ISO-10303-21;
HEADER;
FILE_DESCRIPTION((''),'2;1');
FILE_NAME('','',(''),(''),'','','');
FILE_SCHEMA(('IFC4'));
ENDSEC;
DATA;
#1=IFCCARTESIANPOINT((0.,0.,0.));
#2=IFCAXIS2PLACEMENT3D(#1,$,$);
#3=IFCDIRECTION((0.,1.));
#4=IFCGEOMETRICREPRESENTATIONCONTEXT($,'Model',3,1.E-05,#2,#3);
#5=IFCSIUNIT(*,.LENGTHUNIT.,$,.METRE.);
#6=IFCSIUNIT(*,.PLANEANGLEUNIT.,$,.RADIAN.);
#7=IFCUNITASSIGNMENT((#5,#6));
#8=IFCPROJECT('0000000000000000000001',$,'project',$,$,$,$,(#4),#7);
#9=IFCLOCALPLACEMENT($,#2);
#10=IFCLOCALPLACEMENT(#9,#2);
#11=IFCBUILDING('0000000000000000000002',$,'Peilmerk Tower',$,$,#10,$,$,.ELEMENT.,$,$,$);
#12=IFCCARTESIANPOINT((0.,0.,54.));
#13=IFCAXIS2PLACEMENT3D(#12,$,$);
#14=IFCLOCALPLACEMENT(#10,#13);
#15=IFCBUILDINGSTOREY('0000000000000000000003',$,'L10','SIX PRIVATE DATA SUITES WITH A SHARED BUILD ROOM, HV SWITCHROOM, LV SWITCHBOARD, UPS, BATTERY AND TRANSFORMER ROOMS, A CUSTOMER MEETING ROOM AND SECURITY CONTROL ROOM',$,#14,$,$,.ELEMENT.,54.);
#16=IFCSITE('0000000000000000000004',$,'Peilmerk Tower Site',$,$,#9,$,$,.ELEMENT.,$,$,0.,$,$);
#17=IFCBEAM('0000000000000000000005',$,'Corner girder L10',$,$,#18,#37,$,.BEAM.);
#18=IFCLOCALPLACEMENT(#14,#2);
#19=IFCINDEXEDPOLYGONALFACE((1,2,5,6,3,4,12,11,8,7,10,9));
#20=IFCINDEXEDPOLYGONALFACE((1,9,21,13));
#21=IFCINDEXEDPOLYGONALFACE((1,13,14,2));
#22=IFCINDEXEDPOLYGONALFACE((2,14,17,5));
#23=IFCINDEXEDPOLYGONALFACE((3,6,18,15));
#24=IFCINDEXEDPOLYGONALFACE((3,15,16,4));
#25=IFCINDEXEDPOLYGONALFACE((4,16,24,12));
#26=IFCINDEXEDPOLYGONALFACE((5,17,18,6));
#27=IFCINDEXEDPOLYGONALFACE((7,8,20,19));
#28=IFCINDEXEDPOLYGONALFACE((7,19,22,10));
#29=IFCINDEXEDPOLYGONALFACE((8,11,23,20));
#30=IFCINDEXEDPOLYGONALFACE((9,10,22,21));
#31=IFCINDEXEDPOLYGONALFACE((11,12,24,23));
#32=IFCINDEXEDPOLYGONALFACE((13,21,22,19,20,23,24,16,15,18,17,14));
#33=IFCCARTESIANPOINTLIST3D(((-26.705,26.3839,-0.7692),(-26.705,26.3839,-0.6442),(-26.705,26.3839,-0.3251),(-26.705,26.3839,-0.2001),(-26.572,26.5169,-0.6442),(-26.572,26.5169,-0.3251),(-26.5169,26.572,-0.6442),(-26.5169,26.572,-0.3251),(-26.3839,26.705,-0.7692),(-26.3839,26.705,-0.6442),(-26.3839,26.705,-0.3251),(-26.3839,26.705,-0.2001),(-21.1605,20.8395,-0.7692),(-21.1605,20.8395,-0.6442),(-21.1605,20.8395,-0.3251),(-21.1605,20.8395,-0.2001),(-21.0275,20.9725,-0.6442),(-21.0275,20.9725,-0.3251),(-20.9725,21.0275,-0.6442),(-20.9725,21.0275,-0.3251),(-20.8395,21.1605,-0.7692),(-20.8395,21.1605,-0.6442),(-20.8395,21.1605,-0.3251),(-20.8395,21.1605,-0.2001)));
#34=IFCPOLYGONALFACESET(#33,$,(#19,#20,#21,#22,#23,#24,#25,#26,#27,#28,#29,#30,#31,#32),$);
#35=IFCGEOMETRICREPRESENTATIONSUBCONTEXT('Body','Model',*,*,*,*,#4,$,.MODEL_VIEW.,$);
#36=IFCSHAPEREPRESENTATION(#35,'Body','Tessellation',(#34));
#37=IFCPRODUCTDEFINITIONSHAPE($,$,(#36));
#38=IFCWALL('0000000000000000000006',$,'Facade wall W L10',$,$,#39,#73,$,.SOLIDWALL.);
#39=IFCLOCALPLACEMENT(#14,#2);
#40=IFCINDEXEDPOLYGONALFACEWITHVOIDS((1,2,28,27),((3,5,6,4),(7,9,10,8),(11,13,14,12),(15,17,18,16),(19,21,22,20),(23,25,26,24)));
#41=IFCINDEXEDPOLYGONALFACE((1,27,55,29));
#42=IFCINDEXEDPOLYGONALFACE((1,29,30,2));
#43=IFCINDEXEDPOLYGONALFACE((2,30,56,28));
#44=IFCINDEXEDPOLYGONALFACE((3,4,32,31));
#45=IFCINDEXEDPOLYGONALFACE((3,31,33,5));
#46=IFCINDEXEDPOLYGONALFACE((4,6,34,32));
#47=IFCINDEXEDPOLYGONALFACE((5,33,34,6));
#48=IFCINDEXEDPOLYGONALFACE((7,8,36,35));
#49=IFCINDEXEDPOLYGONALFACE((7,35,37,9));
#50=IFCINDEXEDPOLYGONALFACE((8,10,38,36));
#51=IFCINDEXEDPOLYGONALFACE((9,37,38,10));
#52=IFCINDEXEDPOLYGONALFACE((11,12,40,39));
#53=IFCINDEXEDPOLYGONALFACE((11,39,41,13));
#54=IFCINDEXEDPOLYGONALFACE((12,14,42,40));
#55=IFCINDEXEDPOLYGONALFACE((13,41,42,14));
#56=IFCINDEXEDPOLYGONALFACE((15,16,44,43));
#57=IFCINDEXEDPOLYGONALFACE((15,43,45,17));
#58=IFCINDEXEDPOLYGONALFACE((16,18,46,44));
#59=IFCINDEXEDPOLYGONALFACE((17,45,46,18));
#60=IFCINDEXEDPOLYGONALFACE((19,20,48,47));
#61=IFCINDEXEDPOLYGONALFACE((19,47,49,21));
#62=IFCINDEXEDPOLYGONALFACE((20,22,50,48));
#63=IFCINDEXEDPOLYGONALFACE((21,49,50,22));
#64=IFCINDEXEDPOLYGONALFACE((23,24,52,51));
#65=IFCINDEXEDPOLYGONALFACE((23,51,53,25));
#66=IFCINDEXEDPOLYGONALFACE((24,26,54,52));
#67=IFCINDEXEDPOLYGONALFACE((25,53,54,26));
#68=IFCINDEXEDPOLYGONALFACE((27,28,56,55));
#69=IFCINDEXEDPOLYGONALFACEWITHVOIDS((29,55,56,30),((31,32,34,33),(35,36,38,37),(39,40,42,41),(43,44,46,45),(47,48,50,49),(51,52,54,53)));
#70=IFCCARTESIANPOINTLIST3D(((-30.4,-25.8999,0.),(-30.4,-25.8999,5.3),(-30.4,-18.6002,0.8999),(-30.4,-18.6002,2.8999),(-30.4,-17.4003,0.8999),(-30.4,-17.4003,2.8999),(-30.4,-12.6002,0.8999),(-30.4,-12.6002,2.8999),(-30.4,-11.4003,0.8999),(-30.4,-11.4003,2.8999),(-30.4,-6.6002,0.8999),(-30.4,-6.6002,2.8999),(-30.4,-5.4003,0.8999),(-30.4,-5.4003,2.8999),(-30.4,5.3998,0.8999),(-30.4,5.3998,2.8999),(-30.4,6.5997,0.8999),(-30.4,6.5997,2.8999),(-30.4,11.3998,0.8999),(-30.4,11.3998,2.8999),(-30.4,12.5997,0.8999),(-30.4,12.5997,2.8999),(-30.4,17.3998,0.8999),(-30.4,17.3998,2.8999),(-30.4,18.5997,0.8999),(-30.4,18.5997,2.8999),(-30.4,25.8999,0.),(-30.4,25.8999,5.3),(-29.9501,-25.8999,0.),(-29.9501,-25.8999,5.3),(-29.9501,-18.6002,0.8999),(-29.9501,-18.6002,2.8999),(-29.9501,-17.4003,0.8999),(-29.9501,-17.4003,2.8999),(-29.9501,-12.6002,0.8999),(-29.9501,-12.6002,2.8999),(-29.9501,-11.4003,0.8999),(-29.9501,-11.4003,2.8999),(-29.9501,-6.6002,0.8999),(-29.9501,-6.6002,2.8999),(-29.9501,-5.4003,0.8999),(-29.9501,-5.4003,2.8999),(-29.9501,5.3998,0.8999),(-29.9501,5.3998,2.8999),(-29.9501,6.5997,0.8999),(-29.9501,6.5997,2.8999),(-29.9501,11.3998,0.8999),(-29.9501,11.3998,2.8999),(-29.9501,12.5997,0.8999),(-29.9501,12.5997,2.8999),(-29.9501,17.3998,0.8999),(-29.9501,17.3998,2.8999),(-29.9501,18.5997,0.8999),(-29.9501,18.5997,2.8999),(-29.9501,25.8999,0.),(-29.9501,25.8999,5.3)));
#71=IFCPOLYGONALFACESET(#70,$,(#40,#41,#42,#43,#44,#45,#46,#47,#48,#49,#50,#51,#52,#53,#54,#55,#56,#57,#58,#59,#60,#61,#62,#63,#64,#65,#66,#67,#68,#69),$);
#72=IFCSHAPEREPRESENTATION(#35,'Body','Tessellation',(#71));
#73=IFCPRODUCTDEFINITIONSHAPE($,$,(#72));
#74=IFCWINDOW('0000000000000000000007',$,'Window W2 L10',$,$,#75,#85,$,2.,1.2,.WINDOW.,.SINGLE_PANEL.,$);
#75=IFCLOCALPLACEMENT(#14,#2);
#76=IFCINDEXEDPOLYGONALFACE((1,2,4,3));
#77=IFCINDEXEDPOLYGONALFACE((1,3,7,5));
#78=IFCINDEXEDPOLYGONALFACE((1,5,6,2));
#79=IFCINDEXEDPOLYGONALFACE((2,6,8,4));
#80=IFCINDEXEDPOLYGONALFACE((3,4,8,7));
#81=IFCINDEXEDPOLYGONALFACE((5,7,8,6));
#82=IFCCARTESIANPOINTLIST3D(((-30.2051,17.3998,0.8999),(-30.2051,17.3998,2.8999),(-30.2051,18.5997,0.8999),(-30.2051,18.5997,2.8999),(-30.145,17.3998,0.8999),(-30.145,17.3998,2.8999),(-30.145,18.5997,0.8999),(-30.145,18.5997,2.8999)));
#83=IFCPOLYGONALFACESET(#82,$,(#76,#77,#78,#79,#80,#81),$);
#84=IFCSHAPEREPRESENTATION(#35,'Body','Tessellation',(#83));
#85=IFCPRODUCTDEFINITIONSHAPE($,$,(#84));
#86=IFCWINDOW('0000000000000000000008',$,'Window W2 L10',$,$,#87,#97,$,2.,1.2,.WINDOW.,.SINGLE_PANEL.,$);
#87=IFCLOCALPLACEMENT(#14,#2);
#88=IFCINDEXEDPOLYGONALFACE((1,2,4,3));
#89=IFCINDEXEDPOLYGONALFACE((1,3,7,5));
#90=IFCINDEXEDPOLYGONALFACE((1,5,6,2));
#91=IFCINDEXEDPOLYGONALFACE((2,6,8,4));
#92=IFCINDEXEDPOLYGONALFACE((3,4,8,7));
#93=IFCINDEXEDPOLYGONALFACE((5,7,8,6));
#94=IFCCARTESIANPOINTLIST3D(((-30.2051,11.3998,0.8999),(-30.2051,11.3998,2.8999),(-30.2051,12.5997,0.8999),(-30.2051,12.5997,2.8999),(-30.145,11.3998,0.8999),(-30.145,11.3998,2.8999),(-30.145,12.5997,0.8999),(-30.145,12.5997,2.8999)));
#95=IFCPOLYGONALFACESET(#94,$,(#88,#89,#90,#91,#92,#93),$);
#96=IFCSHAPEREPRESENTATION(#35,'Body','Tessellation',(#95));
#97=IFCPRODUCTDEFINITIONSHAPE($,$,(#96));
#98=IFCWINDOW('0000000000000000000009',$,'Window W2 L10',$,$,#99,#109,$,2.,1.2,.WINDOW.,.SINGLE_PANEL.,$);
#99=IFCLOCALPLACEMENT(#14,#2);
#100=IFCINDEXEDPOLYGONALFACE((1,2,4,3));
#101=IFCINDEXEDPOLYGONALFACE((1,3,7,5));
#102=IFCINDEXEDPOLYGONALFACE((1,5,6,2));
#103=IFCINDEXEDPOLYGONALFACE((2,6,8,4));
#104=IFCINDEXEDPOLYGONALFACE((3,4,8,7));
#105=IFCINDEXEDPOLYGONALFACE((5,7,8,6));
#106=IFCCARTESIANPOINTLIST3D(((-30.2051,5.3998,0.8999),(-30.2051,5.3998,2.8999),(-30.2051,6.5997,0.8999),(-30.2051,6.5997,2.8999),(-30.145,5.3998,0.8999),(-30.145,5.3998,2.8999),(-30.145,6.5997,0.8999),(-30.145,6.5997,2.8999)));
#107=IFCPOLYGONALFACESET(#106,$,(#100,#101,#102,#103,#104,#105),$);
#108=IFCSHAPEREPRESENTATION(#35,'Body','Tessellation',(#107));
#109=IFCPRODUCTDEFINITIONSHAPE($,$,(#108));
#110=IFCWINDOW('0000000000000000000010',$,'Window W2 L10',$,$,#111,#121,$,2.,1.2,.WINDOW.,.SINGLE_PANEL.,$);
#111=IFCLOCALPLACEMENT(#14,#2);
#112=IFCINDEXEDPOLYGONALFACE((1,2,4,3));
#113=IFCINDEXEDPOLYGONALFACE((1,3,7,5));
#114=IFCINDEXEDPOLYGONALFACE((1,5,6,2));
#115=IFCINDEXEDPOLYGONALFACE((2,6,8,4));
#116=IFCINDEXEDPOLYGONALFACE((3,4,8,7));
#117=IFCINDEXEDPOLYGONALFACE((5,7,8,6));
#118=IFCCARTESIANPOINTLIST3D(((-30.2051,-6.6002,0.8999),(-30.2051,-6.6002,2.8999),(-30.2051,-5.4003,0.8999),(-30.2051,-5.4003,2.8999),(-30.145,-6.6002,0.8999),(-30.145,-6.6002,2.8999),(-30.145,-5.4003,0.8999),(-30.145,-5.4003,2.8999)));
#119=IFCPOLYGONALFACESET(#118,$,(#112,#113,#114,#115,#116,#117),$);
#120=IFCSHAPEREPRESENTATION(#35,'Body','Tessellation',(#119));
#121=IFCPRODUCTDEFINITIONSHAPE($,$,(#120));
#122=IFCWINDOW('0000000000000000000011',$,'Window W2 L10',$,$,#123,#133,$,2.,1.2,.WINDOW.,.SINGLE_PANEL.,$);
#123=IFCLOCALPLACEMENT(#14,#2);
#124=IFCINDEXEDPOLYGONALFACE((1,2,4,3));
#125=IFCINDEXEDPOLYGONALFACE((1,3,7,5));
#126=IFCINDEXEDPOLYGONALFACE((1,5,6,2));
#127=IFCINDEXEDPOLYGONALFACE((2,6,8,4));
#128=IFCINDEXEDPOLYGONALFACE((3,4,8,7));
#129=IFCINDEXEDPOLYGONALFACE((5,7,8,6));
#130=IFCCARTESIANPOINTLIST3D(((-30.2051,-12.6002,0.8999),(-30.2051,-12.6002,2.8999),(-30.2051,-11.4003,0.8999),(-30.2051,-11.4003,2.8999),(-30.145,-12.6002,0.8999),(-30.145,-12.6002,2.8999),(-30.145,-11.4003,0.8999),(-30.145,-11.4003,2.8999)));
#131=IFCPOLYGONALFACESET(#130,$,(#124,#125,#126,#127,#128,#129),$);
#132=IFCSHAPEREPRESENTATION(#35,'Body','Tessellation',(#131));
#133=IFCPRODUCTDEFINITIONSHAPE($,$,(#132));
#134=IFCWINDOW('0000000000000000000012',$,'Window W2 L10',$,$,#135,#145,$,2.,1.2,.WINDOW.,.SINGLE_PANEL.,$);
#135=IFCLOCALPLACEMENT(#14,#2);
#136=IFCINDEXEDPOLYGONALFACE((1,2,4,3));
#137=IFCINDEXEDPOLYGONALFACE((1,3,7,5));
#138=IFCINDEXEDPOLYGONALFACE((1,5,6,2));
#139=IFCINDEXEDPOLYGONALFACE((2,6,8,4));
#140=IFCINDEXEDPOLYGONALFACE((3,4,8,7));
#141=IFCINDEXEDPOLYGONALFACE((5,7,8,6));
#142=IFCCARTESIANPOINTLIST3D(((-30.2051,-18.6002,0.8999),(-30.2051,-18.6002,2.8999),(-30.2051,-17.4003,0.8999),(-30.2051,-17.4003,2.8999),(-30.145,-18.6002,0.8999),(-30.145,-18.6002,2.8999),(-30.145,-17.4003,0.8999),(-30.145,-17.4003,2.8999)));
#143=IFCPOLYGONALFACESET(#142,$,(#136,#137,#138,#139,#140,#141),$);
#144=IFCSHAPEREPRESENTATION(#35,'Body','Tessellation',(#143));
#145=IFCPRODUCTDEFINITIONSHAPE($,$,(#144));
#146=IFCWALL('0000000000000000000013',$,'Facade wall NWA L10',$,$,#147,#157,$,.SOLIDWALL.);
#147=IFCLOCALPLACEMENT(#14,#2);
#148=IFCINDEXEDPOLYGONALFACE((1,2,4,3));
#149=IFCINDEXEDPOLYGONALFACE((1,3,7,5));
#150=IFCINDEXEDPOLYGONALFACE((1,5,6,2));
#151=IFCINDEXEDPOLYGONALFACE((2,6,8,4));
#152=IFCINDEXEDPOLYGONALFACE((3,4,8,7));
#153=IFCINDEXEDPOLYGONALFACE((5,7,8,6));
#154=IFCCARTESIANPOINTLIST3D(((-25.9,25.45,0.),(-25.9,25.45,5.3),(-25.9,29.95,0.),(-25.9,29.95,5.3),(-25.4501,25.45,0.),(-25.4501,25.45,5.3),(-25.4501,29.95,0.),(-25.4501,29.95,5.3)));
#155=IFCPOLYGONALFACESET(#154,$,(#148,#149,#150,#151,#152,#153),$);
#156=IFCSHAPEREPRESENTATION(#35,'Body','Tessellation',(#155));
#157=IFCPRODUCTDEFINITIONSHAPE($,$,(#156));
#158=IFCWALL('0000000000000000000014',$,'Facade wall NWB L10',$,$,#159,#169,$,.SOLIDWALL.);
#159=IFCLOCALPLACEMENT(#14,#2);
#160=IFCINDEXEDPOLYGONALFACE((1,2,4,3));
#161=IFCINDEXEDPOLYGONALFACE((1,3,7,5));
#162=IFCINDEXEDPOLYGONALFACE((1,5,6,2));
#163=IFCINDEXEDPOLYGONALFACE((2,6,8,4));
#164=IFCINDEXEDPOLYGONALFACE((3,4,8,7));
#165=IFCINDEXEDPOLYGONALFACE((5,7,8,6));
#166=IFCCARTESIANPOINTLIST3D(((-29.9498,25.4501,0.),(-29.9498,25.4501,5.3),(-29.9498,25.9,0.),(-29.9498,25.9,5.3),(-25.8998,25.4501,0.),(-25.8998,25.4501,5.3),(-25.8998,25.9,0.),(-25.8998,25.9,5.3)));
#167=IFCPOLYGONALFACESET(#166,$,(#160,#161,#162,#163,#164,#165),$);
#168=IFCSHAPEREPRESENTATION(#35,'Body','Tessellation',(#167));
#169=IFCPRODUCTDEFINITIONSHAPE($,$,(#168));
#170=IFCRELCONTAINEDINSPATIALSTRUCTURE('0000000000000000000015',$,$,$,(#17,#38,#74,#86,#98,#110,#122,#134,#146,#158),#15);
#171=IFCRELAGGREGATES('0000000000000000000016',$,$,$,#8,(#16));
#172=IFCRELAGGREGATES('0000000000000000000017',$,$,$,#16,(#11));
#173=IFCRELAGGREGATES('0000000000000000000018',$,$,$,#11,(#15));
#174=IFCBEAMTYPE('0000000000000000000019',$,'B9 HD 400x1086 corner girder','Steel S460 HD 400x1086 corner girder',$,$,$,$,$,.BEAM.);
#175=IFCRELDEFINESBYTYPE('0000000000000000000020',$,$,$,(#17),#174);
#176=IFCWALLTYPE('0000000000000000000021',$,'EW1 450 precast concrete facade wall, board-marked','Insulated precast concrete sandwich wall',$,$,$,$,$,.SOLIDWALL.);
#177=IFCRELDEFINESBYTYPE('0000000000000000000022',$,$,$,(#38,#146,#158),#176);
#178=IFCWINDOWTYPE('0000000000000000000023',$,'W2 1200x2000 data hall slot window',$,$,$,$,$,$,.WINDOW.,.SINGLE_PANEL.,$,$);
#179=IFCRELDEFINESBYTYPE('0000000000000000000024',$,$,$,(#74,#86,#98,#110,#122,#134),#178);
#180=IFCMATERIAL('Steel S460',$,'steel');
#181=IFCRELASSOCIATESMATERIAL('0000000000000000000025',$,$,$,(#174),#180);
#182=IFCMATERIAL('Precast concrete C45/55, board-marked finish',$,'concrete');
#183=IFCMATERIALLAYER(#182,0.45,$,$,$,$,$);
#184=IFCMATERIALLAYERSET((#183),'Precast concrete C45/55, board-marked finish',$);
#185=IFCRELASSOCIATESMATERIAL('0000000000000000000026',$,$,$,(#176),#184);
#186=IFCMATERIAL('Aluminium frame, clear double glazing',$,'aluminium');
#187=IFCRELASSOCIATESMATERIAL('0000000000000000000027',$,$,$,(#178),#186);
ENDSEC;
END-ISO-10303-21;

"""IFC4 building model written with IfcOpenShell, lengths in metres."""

from ifc_helpers import new_model, si_unit, direction, frame, frame_2d, origin, origin_2d, place, context, subcontext, project, spatial, rectangle, i_section, extrude, material, layer, layer_set, material_profile, profile_set, type_object, element, fill, save


model = new_model("IFC4")

# Units and contexts
model_context = context("Model", 3, precision=1e-05, world=origin(), true_north=direction((0.0, 1.0)))
body_context = subcontext(model_context, "Body", "Model", "MODEL_VIEW")
ifc_project = project(units=[si_unit("LENGTHUNIT", "METRE"), si_unit("PLANEANGLEUNIT", "RADIAN")], contexts=[model_context])

# Site, building, storey
site_placement = place(None, origin())
site = spatial("IfcSite", under=ifc_project, at=site_placement, Name="Peilmerk Tower Site", CompositionType="ELEMENT", RefElevation=0.0)
building_placement = place(site_placement, origin())
building = spatial("IfcBuilding", under=site, at=building_placement, Name="Peilmerk Tower", CompositionType="ELEMENT")
storey_placement = place(building_placement, frame((0.0, 0.0, 54.0)))
storey = spatial("IfcBuildingStorey", under=building, at=storey_placement, Name="L10", Description="SIX PRIVATE DATA SUITES WITH A SHARED BUILD ROOM, HV SWITCHROOM, LV SWITCHBOARD, UPS, BATTERY AND TRANSFORMER ROOMS, A CUSTOMER MEETING ROOM AND SECURITY CONTROL ROOM", CompositionType="ELEMENT", Elevation=54.0)

# Beam
ifc_material_1 = material(Name="Steel S460", Category="steel")
ifc_material_profile_1 = material_profile(ifc_material_1, i_section(OverallWidth=0.4541, OverallDepth=0.5691, WebThickness=0.0779, FlangeThickness=0.125, at=origin_2d()), Name="HD 400x1086")
ifc_profile_set_1 = profile_set([ifc_material_profile_1], Name="Steel S460")
beam_type_1 = type_object("IfcBeamType", Name="B9 HD 400x1086 corner girder", Description="Steel S460 HD 400x1086 corner girder", PredefinedType="BEAM", material=ifc_profile_set_1)
beam_1_placement = place(storey_placement, frame((-21.0, 21.0, -0.4846), z_axis=(-0.707107, 0.707107, 0.0), x_axis=(-0.707107, -0.707107, 0.0)))
element("IfcBeam", 1, at=beam_1_placement, inside=storey, type_object=beam_type_1, Name="Corner girder L10", PredefinedType="BEAM", context=body_context, shape_type="SweptSolid", body=[
    extrude(i_section(OverallWidth=0.4541, OverallDepth=0.5691, WebThickness=0.0779, FlangeThickness=0.125, at=origin_2d()), origin(), (0.0, 0.0, 1.0), 7.8411),
])

# Wall, openings, windows
ifc_material_2 = material(Name="Precast concrete C45/55, board-marked finish", Category="concrete")
ifc_layer = layer(ifc_material_2, 0.45)
ifc_layer_set = layer_set([ifc_layer], Name="Precast concrete C45/55, board-marked finish")
wall_type = type_object("IfcWallType", Name="EW1 450 precast concrete facade wall, board-marked", Description="Insulated precast concrete sandwich wall", PredefinedType="SOLIDWALL", material=ifc_layer_set)
wall_1_placement = place(storey_placement, frame((-30.175, 25.8999, 0.0), z_axis=(0.0, 0.0, 1.0), x_axis=(0.0, -1.0, 0.0)))
wall_1 = element("IfcWall", 2, at=wall_1_placement, inside=storey, type_object=wall_type, Name="Facade wall W L10", PredefinedType="SOLIDWALL", context=body_context, shape_type="SweptSolid", body=[
    extrude(rectangle(XDim=51.7998, YDim=0.45, at=frame_2d((25.8999, 0.0))), origin(), (0.0, 0.0, 1.0), 5.3),
])
opening_1_placement = place(wall_1_placement, frame((7.3, 0.0, 0.8999)))
opening_1 = element("IfcOpeningElement", 3, at=opening_1_placement, cuts=wall_1, PredefinedType="OPENING", context=body_context, shape_type="SweptSolid", body=[
    extrude(rectangle(XDim=1.2, YDim=2.0, at=frame_2d((0.6001, 1.0))), frame((0.0, 0.2349, 0.0), z_axis=(0.0, -1.0, 0.0), x_axis=(1.0, 0.0, 0.0)), (0.0, 0.0, 1.0), 0.47),
])
opening_2_placement = place(wall_1_placement, frame((13.3, 0.0, 0.8999)))
opening_2 = element("IfcOpeningElement", 4, at=opening_2_placement, cuts=wall_1, PredefinedType="OPENING", context=body_context, shape_type="SweptSolid", body=[
    extrude(rectangle(XDim=1.2, YDim=2.0, at=frame_2d((0.6001, 1.0))), frame((0.0, 0.2349, 0.0), z_axis=(0.0, -1.0, 0.0), x_axis=(1.0, 0.0, 0.0)), (0.0, 0.0, 1.0), 0.47),
])
opening_3_placement = place(wall_1_placement, frame((19.3, 0.0, 0.8999)))
opening_3 = element("IfcOpeningElement", 5, at=opening_3_placement, cuts=wall_1, PredefinedType="OPENING", context=body_context, shape_type="SweptSolid", body=[
    extrude(rectangle(XDim=1.2, YDim=2.0, at=frame_2d((0.6001, 1.0))), frame((0.0, 0.2349, 0.0), z_axis=(0.0, -1.0, 0.0), x_axis=(1.0, 0.0, 0.0)), (0.0, 0.0, 1.0), 0.47),
])
opening_4_placement = place(wall_1_placement, frame((31.3, 0.0, 0.8999)))
opening_4 = element("IfcOpeningElement", 6, at=opening_4_placement, cuts=wall_1, PredefinedType="OPENING", context=body_context, shape_type="SweptSolid", body=[
    extrude(rectangle(XDim=1.2, YDim=2.0, at=frame_2d((0.6001, 1.0))), frame((0.0, 0.2349, 0.0), z_axis=(0.0, -1.0, 0.0), x_axis=(1.0, 0.0, 0.0)), (0.0, 0.0, 1.0), 0.47),
])
opening_5_placement = place(wall_1_placement, frame((37.3, 0.0, 0.8999)))
opening_5 = element("IfcOpeningElement", 7, at=opening_5_placement, cuts=wall_1, PredefinedType="OPENING", context=body_context, shape_type="SweptSolid", body=[
    extrude(rectangle(XDim=1.2, YDim=2.0, at=frame_2d((0.6001, 1.0))), frame((0.0, 0.2349, 0.0), z_axis=(0.0, -1.0, 0.0), x_axis=(1.0, 0.0, 0.0)), (0.0, 0.0, 1.0), 0.47),
])
opening_6_placement = place(wall_1_placement, frame((43.3, 0.0, 0.8999)))
opening_6 = element("IfcOpeningElement", 8, at=opening_6_placement, cuts=wall_1, PredefinedType="OPENING", context=body_context, shape_type="SweptSolid", body=[
    extrude(rectangle(XDim=1.2, YDim=2.0, at=frame_2d((0.6001, 1.0))), frame((0.0, 0.2349, 0.0), z_axis=(0.0, -1.0, 0.0), x_axis=(1.0, 0.0, 0.0)), (0.0, 0.0, 1.0), 0.47),
])
ifc_material_3 = material(Name="Aluminium frame, clear double glazing", Category="aluminium")
window_type = type_object("IfcWindowType", Name="W2 1200x2000 data hall slot window", PartitioningType="SINGLE_PANEL", PredefinedType="WINDOW", material=ifc_material_3)
window_1_placement = place(opening_1_placement, origin())
window_1 = element("IfcWindow", 9, at=window_1_placement, inside=storey, type_object=window_type, Name="Window W2 L10", OverallHeight=2.0, OverallWidth=1.2, PartitioningType="SINGLE_PANEL", PredefinedType="WINDOW", context=body_context, shape_type="SweptSolid", body=[
    extrude(rectangle(XDim=1.2, YDim=2.0, at=frame_2d((0.6001, 1.0))), frame((0.0, 0.03, 0.0), z_axis=(0.0, -1.0, 0.0), x_axis=(1.0, 0.0, 0.0)), (0.0, 0.0, 1.0), 0.0601),
])
fill(opening_1, window_1)
window_2_placement = place(opening_2_placement, origin())
window_2 = element("IfcWindow", 10, at=window_2_placement, inside=storey, type_object=window_type, Name="Window W2 L10", OverallHeight=2.0, OverallWidth=1.2, PartitioningType="SINGLE_PANEL", PredefinedType="WINDOW", context=body_context, shape_type="SweptSolid", body=[
    extrude(rectangle(XDim=1.2, YDim=2.0, at=frame_2d((0.6001, 1.0))), frame((0.0, 0.03, 0.0), z_axis=(0.0, -1.0, 0.0), x_axis=(1.0, 0.0, 0.0)), (0.0, 0.0, 1.0), 0.0601),
])
fill(opening_2, window_2)
window_3_placement = place(opening_3_placement, origin())
window_3 = element("IfcWindow", 11, at=window_3_placement, inside=storey, type_object=window_type, Name="Window W2 L10", OverallHeight=2.0, OverallWidth=1.2, PartitioningType="SINGLE_PANEL", PredefinedType="WINDOW", context=body_context, shape_type="SweptSolid", body=[
    extrude(rectangle(XDim=1.2, YDim=2.0, at=frame_2d((0.6001, 1.0))), frame((0.0, 0.03, 0.0), z_axis=(0.0, -1.0, 0.0), x_axis=(1.0, 0.0, 0.0)), (0.0, 0.0, 1.0), 0.0601),
])
fill(opening_3, window_3)
window_4_placement = place(opening_4_placement, origin())
window_4 = element("IfcWindow", 12, at=window_4_placement, inside=storey, type_object=window_type, Name="Window W2 L10", OverallHeight=2.0, OverallWidth=1.2, PartitioningType="SINGLE_PANEL", PredefinedType="WINDOW", context=body_context, shape_type="SweptSolid", body=[
    extrude(rectangle(XDim=1.2, YDim=2.0, at=frame_2d((0.6001, 1.0))), frame((0.0, 0.03, 0.0), z_axis=(0.0, -1.0, 0.0), x_axis=(1.0, 0.0, 0.0)), (0.0, 0.0, 1.0), 0.0601),
])
fill(opening_4, window_4)
window_5_placement = place(opening_5_placement, origin())
window_5 = element("IfcWindow", 13, at=window_5_placement, inside=storey, type_object=window_type, Name="Window W2 L10", OverallHeight=2.0, OverallWidth=1.2, PartitioningType="SINGLE_PANEL", PredefinedType="WINDOW", context=body_context, shape_type="SweptSolid", body=[
    extrude(rectangle(XDim=1.2, YDim=2.0, at=frame_2d((0.6001, 1.0))), frame((0.0, 0.03, 0.0), z_axis=(0.0, -1.0, 0.0), x_axis=(1.0, 0.0, 0.0)), (0.0, 0.0, 1.0), 0.0601),
])
fill(opening_5, window_5)
window_6_placement = place(opening_6_placement, origin())
window_6 = element("IfcWindow", 14, at=window_6_placement, inside=storey, type_object=window_type, Name="Window W2 L10", OverallHeight=2.0, OverallWidth=1.2, PartitioningType="SINGLE_PANEL", PredefinedType="WINDOW", context=body_context, shape_type="SweptSolid", body=[
    extrude(rectangle(XDim=1.2, YDim=2.0, at=frame_2d((0.6001, 1.0))), frame((0.0, 0.03, 0.0), z_axis=(0.0, -1.0, 0.0), x_axis=(1.0, 0.0, 0.0)), (0.0, 0.0, 1.0), 0.0601),
])
fill(opening_6, window_6)

# Walls
wall_2_placement = place(storey_placement, frame((-25.675, 25.45, 0.0), z_axis=(0.0, 0.0, 1.0), x_axis=(0.0, 1.0, 0.0)))
element("IfcWall", 15, at=wall_2_placement, inside=storey, type_object=wall_type, Name="Facade wall NWA L10", PredefinedType="SOLIDWALL", context=body_context, shape_type="SweptSolid", body=[
    extrude(rectangle(XDim=4.5, YDim=0.45, at=frame_2d((2.25, 0.0))), origin(), (0.0, 0.0, 1.0), 5.3),
])
wall_3_placement = place(storey_placement, frame((-25.8999, 25.675, 0.0), z_axis=(0.0, 0.0, 1.0), x_axis=(-1.0, 0.0, 0.0)))
element("IfcWall", 16, at=wall_3_placement, inside=storey, type_object=wall_type, Name="Facade wall NWB L10", PredefinedType="SOLIDWALL", context=body_context, shape_type="SweptSolid", body=[
    extrude(rectangle(XDim=4.05, YDim=0.45, at=frame_2d((2.0249, 0.0))), origin(), (0.0, 0.0, 1.0), 5.3),
])

save(model, "model.ifc")
